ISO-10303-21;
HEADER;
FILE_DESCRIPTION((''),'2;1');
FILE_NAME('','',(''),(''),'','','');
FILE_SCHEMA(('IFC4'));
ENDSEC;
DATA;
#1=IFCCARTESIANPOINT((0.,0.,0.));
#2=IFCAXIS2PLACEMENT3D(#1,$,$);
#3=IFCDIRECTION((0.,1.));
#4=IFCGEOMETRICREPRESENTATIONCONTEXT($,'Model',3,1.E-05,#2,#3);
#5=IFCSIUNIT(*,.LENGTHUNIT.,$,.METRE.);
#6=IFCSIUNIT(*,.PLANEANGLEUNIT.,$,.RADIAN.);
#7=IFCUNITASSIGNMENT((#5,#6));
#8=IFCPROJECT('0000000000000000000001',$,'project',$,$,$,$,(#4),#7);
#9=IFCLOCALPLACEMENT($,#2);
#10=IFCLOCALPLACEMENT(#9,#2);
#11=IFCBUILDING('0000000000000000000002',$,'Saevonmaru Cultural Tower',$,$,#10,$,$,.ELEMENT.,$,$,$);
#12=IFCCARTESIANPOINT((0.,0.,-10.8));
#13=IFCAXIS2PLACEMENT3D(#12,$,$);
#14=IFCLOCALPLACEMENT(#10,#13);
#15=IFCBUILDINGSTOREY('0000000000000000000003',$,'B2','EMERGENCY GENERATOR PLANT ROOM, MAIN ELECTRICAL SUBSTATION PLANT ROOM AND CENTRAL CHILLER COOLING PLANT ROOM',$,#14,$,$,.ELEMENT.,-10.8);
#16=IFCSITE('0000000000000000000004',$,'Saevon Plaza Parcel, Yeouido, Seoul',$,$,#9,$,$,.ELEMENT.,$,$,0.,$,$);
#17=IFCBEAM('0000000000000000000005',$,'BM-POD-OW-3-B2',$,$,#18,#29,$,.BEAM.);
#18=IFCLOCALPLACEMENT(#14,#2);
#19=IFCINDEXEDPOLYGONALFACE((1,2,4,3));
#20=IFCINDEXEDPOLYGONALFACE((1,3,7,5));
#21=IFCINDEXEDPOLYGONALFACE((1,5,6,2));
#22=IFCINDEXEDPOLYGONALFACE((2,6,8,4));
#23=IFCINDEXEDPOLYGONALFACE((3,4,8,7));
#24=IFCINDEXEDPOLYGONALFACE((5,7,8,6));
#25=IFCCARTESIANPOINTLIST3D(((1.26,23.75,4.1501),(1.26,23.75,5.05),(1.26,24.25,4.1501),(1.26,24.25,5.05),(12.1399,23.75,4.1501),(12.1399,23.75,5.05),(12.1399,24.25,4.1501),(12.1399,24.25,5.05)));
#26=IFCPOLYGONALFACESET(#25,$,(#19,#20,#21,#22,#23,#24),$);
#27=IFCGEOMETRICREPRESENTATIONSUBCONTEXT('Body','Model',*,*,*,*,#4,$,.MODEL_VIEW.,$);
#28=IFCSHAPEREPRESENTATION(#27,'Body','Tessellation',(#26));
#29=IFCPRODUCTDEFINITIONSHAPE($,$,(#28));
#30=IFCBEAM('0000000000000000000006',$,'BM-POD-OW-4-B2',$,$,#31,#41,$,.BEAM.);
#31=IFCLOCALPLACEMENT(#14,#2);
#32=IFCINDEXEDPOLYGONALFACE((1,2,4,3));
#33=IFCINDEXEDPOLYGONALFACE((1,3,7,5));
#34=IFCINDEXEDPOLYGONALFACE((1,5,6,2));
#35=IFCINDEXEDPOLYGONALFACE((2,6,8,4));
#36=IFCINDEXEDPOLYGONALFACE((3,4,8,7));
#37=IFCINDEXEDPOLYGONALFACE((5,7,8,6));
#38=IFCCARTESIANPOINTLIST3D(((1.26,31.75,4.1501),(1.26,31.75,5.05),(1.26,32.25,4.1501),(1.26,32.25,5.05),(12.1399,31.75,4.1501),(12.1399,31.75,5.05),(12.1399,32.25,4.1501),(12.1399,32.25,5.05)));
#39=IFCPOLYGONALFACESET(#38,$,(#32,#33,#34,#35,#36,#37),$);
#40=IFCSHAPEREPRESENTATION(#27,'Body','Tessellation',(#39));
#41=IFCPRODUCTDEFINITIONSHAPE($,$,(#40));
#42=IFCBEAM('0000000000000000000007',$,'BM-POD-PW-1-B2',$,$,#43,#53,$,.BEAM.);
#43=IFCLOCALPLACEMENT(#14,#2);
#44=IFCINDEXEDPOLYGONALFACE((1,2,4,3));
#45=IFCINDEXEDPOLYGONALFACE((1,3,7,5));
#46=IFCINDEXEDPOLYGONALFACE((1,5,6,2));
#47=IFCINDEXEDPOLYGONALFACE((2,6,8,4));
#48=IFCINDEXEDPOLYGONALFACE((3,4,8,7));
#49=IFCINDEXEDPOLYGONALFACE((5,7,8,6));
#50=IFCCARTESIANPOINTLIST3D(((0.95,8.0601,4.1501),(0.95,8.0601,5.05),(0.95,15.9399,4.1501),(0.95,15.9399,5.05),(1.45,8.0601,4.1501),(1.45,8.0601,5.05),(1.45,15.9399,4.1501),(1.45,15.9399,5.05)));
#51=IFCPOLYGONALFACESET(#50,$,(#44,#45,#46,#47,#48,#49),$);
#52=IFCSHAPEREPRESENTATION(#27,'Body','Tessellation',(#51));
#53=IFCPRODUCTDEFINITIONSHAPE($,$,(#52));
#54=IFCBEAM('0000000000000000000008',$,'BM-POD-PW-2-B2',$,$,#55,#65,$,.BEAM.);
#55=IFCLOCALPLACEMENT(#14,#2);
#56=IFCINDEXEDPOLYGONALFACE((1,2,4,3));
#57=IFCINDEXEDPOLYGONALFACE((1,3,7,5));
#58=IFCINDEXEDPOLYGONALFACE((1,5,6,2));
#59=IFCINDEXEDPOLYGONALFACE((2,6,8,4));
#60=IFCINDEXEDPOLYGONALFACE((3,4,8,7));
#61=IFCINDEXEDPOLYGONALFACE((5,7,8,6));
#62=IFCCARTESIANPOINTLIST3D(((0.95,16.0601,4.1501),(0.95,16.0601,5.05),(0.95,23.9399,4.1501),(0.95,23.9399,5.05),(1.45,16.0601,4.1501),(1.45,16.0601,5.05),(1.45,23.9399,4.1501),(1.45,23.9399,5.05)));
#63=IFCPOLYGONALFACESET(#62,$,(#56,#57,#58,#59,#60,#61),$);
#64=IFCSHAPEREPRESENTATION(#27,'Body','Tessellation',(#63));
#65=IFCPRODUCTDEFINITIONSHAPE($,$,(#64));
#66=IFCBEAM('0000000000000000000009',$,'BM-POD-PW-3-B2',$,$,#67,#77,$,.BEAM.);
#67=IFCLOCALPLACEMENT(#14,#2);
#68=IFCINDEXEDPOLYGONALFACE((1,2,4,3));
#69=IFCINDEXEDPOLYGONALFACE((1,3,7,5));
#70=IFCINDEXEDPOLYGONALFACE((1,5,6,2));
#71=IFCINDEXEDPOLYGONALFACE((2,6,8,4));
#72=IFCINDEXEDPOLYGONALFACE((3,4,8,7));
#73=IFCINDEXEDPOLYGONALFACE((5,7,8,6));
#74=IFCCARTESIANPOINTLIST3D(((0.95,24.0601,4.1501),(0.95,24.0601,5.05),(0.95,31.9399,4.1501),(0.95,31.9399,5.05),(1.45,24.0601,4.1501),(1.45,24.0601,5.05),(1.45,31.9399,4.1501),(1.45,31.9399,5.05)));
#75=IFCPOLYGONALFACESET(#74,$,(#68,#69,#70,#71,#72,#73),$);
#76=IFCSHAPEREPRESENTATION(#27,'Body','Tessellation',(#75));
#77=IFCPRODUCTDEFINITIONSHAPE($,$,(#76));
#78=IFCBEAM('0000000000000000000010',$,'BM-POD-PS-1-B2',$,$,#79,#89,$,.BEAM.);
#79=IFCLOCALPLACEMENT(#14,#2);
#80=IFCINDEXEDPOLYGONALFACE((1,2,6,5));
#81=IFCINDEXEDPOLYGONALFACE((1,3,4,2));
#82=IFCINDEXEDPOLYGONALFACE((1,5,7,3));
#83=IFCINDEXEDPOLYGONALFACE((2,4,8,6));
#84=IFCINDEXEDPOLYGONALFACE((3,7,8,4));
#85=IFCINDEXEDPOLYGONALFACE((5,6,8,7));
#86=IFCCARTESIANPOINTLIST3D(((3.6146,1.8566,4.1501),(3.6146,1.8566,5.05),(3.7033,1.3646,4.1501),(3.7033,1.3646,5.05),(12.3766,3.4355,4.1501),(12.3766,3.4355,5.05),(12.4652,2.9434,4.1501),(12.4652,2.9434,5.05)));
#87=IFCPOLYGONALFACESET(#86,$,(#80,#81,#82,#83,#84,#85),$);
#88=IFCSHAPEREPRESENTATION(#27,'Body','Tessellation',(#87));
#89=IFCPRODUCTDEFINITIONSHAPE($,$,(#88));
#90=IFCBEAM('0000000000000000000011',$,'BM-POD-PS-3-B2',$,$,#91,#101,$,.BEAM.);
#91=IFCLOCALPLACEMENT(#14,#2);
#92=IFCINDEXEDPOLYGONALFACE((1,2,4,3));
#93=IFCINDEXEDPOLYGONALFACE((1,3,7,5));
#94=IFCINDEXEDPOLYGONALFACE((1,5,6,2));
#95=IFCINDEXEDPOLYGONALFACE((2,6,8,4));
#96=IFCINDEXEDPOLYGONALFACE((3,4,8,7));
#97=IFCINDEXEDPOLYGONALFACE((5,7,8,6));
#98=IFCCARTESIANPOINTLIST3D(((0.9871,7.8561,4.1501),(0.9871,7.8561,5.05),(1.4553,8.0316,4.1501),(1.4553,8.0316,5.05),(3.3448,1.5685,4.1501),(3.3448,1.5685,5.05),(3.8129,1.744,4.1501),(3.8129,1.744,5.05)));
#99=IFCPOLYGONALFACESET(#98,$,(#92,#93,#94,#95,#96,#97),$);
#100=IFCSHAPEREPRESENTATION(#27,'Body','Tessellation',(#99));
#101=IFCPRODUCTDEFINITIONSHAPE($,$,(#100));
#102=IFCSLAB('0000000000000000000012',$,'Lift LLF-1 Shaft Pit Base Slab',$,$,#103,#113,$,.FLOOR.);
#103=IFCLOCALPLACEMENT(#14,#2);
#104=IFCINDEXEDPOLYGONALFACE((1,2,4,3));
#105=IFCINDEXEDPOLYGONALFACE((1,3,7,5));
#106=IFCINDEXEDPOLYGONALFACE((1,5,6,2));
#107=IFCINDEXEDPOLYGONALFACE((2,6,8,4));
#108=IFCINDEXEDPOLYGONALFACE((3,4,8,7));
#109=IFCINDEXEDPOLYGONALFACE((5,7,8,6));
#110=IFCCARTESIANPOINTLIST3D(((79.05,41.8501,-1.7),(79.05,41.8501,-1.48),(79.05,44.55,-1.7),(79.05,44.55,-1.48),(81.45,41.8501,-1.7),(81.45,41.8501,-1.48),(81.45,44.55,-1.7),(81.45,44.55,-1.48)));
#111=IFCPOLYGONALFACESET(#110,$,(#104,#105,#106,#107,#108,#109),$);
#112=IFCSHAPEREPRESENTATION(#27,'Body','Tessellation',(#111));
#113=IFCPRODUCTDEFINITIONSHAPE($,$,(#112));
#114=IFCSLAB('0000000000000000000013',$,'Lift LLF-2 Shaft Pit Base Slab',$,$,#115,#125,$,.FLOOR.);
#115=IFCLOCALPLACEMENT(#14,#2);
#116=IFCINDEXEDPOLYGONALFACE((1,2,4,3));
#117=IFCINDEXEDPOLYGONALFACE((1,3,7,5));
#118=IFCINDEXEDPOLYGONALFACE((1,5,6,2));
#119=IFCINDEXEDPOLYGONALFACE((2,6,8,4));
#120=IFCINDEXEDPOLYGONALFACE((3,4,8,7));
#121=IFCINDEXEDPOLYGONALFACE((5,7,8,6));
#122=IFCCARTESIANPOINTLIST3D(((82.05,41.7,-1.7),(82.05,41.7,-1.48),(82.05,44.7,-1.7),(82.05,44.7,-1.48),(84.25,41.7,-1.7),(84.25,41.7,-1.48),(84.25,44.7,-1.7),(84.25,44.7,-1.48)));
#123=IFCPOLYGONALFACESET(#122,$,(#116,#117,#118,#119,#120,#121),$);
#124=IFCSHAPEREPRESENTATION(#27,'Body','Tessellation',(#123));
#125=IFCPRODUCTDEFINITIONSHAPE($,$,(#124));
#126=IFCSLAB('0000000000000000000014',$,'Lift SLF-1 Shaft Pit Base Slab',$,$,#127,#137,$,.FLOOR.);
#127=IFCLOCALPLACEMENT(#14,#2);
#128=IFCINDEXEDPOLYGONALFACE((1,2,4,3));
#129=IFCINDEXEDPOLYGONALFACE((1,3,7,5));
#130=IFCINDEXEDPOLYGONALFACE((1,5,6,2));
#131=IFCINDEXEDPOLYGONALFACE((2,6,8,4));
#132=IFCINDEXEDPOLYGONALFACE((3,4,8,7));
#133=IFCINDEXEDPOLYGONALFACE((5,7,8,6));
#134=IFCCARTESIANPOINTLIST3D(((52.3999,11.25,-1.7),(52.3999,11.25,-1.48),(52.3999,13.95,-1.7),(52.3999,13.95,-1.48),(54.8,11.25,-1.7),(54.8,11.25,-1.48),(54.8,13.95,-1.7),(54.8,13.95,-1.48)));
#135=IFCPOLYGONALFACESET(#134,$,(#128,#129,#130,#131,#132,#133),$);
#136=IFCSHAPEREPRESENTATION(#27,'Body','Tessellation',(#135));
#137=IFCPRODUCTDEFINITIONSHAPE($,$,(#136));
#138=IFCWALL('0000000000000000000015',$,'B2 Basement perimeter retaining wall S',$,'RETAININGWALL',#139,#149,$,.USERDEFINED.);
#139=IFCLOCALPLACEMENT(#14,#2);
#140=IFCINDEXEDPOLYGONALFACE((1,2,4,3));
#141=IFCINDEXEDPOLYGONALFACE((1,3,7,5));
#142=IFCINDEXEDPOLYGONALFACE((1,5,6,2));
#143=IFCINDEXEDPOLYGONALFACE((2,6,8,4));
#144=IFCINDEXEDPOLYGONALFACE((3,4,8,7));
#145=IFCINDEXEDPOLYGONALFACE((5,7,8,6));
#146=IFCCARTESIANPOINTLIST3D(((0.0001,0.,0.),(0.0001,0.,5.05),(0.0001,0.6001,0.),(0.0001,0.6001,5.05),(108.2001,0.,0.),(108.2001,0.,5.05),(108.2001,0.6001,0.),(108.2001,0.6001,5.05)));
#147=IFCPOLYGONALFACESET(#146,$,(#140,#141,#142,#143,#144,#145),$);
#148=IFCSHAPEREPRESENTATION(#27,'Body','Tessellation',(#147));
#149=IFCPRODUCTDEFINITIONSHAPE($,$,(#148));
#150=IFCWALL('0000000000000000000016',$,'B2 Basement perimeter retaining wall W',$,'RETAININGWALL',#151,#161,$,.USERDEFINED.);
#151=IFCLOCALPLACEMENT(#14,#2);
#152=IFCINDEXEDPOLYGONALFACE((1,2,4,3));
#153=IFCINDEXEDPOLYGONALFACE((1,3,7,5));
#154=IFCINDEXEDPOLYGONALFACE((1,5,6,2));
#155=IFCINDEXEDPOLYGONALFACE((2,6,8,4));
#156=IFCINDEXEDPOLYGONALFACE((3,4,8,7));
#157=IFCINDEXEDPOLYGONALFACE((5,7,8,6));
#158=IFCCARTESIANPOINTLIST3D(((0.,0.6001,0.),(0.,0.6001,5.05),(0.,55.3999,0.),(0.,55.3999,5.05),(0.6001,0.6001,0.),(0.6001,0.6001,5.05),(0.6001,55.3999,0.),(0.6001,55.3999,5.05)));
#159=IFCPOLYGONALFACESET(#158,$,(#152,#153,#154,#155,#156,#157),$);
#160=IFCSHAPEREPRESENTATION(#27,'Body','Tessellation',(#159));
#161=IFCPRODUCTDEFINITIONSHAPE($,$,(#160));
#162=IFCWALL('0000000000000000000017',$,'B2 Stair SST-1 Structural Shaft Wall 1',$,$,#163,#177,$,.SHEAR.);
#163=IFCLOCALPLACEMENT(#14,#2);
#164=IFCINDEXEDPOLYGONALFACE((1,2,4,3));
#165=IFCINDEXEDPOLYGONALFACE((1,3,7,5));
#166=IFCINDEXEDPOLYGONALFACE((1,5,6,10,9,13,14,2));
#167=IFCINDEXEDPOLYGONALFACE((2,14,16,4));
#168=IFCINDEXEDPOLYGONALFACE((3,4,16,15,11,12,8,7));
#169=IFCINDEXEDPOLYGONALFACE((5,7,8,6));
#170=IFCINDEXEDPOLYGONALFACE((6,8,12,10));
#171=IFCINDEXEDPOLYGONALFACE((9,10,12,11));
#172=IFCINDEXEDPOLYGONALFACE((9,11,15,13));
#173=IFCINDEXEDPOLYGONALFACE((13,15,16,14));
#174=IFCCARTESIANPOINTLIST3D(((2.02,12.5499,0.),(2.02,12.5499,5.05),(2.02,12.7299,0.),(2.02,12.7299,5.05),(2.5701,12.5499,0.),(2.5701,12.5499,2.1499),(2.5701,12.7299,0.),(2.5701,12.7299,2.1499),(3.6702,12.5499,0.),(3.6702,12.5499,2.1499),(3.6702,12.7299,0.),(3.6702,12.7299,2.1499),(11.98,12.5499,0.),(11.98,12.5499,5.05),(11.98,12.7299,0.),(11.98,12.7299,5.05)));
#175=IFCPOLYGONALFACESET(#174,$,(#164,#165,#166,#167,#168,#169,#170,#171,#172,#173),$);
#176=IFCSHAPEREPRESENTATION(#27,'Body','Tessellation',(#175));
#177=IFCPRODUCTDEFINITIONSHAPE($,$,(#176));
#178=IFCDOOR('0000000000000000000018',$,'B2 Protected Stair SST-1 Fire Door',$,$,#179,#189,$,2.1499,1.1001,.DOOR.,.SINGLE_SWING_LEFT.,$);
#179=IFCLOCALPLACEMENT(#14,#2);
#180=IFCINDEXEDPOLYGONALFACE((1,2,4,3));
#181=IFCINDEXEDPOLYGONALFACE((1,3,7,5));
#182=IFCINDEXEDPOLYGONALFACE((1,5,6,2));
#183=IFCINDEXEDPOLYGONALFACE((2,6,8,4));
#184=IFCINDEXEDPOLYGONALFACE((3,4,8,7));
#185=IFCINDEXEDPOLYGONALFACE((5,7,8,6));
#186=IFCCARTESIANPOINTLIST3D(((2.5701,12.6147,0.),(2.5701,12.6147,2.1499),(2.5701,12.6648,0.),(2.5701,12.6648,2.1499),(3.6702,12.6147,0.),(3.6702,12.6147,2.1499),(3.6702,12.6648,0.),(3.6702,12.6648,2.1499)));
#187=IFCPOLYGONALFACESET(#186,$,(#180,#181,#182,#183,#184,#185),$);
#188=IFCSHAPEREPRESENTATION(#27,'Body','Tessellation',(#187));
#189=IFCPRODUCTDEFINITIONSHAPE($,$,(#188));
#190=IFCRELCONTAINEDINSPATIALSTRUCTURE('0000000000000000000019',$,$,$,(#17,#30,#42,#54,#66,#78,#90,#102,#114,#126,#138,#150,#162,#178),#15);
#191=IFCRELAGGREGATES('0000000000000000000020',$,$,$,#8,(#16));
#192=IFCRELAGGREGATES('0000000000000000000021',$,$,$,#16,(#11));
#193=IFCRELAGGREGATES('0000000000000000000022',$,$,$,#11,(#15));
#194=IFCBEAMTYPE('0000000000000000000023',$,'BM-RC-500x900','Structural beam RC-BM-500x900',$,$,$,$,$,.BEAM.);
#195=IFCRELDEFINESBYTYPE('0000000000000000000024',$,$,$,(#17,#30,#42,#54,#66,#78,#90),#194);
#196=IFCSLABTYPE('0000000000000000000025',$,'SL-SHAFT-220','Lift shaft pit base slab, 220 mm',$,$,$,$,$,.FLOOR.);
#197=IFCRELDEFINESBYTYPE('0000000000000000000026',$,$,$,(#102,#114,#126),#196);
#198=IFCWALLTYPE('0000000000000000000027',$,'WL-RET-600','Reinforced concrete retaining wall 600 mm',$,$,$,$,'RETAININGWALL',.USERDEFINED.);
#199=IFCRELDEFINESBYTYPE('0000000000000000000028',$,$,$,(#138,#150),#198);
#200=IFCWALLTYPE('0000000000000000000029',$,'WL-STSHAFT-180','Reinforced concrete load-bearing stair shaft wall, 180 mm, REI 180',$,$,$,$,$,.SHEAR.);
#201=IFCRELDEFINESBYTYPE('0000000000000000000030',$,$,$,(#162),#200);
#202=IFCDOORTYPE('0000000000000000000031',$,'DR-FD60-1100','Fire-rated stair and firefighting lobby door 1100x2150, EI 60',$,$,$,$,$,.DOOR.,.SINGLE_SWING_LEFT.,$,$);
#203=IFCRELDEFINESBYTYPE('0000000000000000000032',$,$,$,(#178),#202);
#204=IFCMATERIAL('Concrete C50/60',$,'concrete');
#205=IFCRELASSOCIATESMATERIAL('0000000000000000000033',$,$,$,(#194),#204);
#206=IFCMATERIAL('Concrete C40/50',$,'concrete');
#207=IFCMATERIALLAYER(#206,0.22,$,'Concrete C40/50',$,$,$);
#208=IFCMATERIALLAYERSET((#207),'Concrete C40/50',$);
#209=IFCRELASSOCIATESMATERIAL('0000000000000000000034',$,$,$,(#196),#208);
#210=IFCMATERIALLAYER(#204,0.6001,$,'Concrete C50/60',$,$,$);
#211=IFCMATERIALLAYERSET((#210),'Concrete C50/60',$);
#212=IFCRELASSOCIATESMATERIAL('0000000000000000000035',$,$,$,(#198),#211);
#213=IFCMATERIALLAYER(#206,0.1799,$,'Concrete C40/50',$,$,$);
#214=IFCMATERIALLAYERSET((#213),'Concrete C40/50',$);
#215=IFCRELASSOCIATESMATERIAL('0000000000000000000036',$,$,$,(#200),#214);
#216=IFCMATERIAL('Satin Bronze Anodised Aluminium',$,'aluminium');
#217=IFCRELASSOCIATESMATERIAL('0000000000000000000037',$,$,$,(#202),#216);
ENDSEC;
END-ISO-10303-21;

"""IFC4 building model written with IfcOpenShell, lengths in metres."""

from ifc_helpers import new_model, si_unit, direction, frame, frame_2d, origin, origin_2d, place, context, subcontext, project, spatial, polyline, rectangle, outline, extrude, material, layer, layer_set, material_profile, profile_set, type_object, element, fill, save


model = new_model("IFC4")

# Units and contexts
model_context = context("Model", 3, precision=1e-05, world=origin(), true_north=direction((0.0, 1.0)))
body_context = subcontext(model_context, "Body", "Model", "MODEL_VIEW")
ifc_project = project(units=[si_unit("LENGTHUNIT", "METRE"), si_unit("PLANEANGLEUNIT", "RADIAN")], contexts=[model_context])

# Site, building, storey
site_placement = place(None, origin())
site = spatial("IfcSite", under=ifc_project, at=site_placement, Name="Saevon Plaza Parcel, Yeouido, Seoul", CompositionType="ELEMENT", RefElevation=0.0)
building_placement = place(site_placement, origin())
building = spatial("IfcBuilding", under=site, at=building_placement, Name="Saevonmaru Cultural Tower", CompositionType="ELEMENT")
storey_placement = place(building_placement, frame((0.0, 0.0, -10.8)))
storey = spatial("IfcBuildingStorey", under=building, at=storey_placement, Name="B2", Description="EMERGENCY GENERATOR PLANT ROOM, MAIN ELECTRICAL SUBSTATION PLANT ROOM AND CENTRAL CHILLER COOLING PLANT ROOM", CompositionType="ELEMENT", Elevation=-10.8)

# Shared definitions
ifc_material_1 = material(Name="Concrete C50/60", Category="concrete")

# Beams
ifc_material_profile_1 = material_profile(ifc_material_1, rectangle(XDim=0.5, YDim=0.8999, at=origin_2d()), Name="RC-BM-500x900")
ifc_profile_set_1 = profile_set([ifc_material_profile_1], Name="Concrete C50/60")
beam_type = type_object("IfcBeamType", Name="BM-RC-500x900", Description="Structural beam RC-BM-500x900", PredefinedType="BEAM", material=ifc_profile_set_1)
for number, where, z_axis, x_axis, name in (
    (1, (1.26, 24.0, 4.6001), (1.0, 0.0, 0.0), (0.0, 1.0, 0.0), "BM-POD-OW-3-B2"),
    (2, (1.26, 32.0, 4.6001), (1.0, 0.0, 0.0), (0.0, 1.0, 0.0), "BM-POD-OW-4-B2"),
):
    element("IfcBeam", number, at=place(storey_placement, frame(where, z_axis=z_axis, x_axis=x_axis)), inside=storey, type_object=beam_type, Name=name, PredefinedType="BEAM", context=body_context, shape_type="SweptSolid", body=[
        extrude(rectangle(XDim=0.5, YDim=0.8999, at=origin_2d()), origin(), (0.0, 0.0, 1.0), 10.8799),
    ])
for number, where, z_axis, x_axis, name in (
    (3, (1.2, 8.0601, 4.6001), (0.0, 1.0, 0.0), (-1.0, 0.0, 0.0), "BM-POD-PW-1-B2"),
    (4, (1.2, 16.0601, 4.6001), (0.0, 1.0, 0.0), (-1.0, 0.0, 0.0), "BM-POD-PW-2-B2"),
    (5, (1.2, 24.0601, 4.6001), (0.0, 1.0, 0.0), (-1.0, 0.0, 0.0), "BM-POD-PW-3-B2"),
):
    element("IfcBeam", number, at=place(storey_placement, frame(where, z_axis=z_axis, x_axis=x_axis)), inside=storey, type_object=beam_type, Name=name, PredefinedType="BEAM", context=body_context, shape_type="SweptSolid", body=[
        extrude(rectangle(XDim=0.5, YDim=0.8999, at=origin_2d()), origin(), (0.0, 0.0, 1.0), 7.8799),
    ])
beam_1_placement = place(storey_placement, frame((3.6589, 1.6106, 4.6001), z_axis=(0.98415, 0.177338, 0.0), x_axis=(-0.177338, 0.98415, 0.0)))
element("IfcBeam", 6, at=beam_1_placement, inside=storey, type_object=beam_type, Name="BM-POD-PS-1-B2", PredefinedType="BEAM", context=body_context, shape_type="SweptSolid", body=[
    extrude(rectangle(XDim=0.5, YDim=0.8999, at=origin_2d()), origin(), (0.0, 0.0, 1.0), 8.9031),
])
beam_2_placement = place(storey_placement, frame((3.5789, 1.6562, 4.6001), z_axis=(-0.3511, 0.936338, 0.0), x_axis=(-0.936338, -0.3511, 0.0)))
element("IfcBeam", 7, at=beam_2_placement, inside=storey, type_object=beam_type, Name="BM-POD-PS-3-B2", PredefinedType="BEAM", context=body_context, shape_type="SweptSolid", body=[
    extrude(rectangle(XDim=0.5, YDim=0.8999, at=origin_2d()), origin(), (0.0, 0.0, 1.0), 6.7151),
])

# Slabs
ifc_material_2 = material(Name="Concrete C40/50", Category="concrete")
ifc_layer_1 = layer(ifc_material_2, 0.22, Name="Concrete C40/50")
ifc_layer_set_1 = layer_set([ifc_layer_1], Name="Concrete C40/50")
slab_type = type_object("IfcSlabType", Name="SL-SHAFT-220", Description="Lift shaft pit base slab, 220 mm", PredefinedType="FLOOR", material=ifc_layer_set_1)
slab_1_placement = place(storey_placement, frame((0.0, 0.0, -1.7)))
element("IfcSlab", 8, at=slab_1_placement, inside=storey, type_object=slab_type, Name="Lift LLF-1 Shaft Pit Base Slab", PredefinedType="FLOOR", context=body_context, shape_type="SweptSolid", body=[
    extrude(outline(polyline([(79.05, 41.8501), (81.45, 41.8501), (81.45, 44.55), (79.05, 44.55), (79.05, 41.8501)])), origin(), (0.0, 0.0, 1.0), 0.22),
])
slab_2_placement = place(storey_placement, frame((0.0, 0.0, -1.7)))
element("IfcSlab", 9, at=slab_2_placement, inside=storey, type_object=slab_type, Name="Lift LLF-2 Shaft Pit Base Slab", PredefinedType="FLOOR", context=body_context, shape_type="SweptSolid", body=[
    extrude(outline(polyline([(82.05, 41.7), (84.25, 41.7), (84.25, 44.7), (82.05, 44.7), (82.05, 41.7)])), origin(), (0.0, 0.0, 1.0), 0.22),
])
slab_3_placement = place(storey_placement, frame((0.0, 0.0, -1.7)))
element("IfcSlab", 10, at=slab_3_placement, inside=storey, type_object=slab_type, Name="Lift SLF-1 Shaft Pit Base Slab", PredefinedType="FLOOR", context=body_context, shape_type="SweptSolid", body=[
    extrude(outline(polyline([(52.3999, 11.25), (54.8, 11.25), (54.8, 13.95), (52.3999, 13.95), (52.3999, 11.25)])), origin(), (0.0, 0.0, 1.0), 0.22),
])

# Walls
ifc_layer_2 = layer(ifc_material_1, 0.6001, Name="Concrete C50/60")
ifc_layer_set_2 = layer_set([ifc_layer_2], Name="Concrete C50/60")
wall_type_1 = type_object("IfcWallType", Name="WL-RET-600", Description="Reinforced concrete retaining wall 600 mm", ElementType="RETAININGWALL", PredefinedType="USERDEFINED", material=ifc_layer_set_2)
wall_1_placement = place(storey_placement, frame((0.0, 0.3, 0.0), z_axis=(0.0, 0.0, 1.0), x_axis=(1.0, 0.0, 0.0)))
element("IfcWall", 11, at=wall_1_placement, inside=storey, type_object=wall_type_1, Name="B2 Basement perimeter retaining wall S", ObjectType="RETAININGWALL", PredefinedType="USERDEFINED", context=body_context, shape_type="SweptSolid", body=[
    extrude(rectangle(XDim=108.2, YDim=0.6001, at=frame_2d((54.1001, 0.0))), origin(), (0.0, 0.0, 1.0), 5.05),
])
wall_2_placement = place(storey_placement, frame((0.3, 0.6001, 0.0), z_axis=(0.0, 0.0, 1.0), x_axis=(0.0, 1.0, 0.0)))
element("IfcWall", 12, at=wall_2_placement, inside=storey, type_object=wall_type_1, Name="B2 Basement perimeter retaining wall W", ObjectType="RETAININGWALL", PredefinedType="USERDEFINED", context=body_context, shape_type="SweptSolid", body=[
    extrude(rectangle(XDim=54.7998, YDim=0.6001, at=frame_2d((27.3999, 0.0))), origin(), (0.0, 0.0, 1.0), 5.05),
])

# Wall, opening, door
ifc_layer_3 = layer(ifc_material_2, 0.1799, Name="Concrete C40/50")
ifc_layer_set_3 = layer_set([ifc_layer_3], Name="Concrete C40/50")
wall_type_2 = type_object("IfcWallType", Name="WL-STSHAFT-180", Description="Reinforced concrete load-bearing stair shaft wall, 180 mm, REI 180", PredefinedType="SHEAR", material=ifc_layer_set_3)
wall_3_placement = place(storey_placement, frame((2.02, 12.6399, 0.0), z_axis=(0.0, 0.0, 1.0), x_axis=(1.0, 0.0, 0.0)))
wall_3 = element("IfcWall", 13, at=wall_3_placement, inside=storey, type_object=wall_type_2, Name="B2 Stair SST-1 Structural Shaft Wall 1", PredefinedType="SHEAR", context=body_context, shape_type="SweptSolid", body=[
    extrude(rectangle(XDim=9.96, YDim=0.1799, at=frame_2d((4.98, 0.0))), origin(), (0.0, 0.0, 1.0), 5.05),
])
opening_placement = place(wall_3_placement, frame((0.55, 0.0, 0.0)))
opening = element("IfcOpeningElement", 14, at=opening_placement, cuts=wall_3, PredefinedType="OPENING", context=body_context, shape_type="SweptSolid", body=[
    extrude(rectangle(XDim=1.1001, YDim=2.1499, at=frame_2d((0.55, 1.075))), frame((0.0, 0.1001, 0.0), z_axis=(0.0, -1.0, 0.0), x_axis=(1.0, 0.0, 0.0)), (0.0, 0.0, 1.0), 0.2),
])
ifc_material_3 = material(Name="Satin Bronze Anodised Aluminium", Category="aluminium")
door_type = type_object("IfcDoorType", Name="DR-FD60-1100", Description="Fire-rated stair and firefighting lobby door 1100x2150, EI 60", OperationType="SINGLE_SWING_LEFT", PredefinedType="DOOR", material=ifc_material_3)
door_placement = place(opening_placement, origin())
door = element("IfcDoor", 15, at=door_placement, inside=storey, type_object=door_type, Name="B2 Protected Stair SST-1 Fire Door", OperationType="SINGLE_SWING_LEFT", OverallHeight=2.1499, OverallWidth=1.1001, PredefinedType="DOOR", context=body_context, shape_type="SweptSolid", body=[
    extrude(rectangle(XDim=1.1001, YDim=2.1499, at=frame_2d((0.55, 1.075))), frame((0.0, 0.0249, 0.0), z_axis=(0.0, -1.0, 0.0), x_axis=(1.0, 0.0, 0.0)), (0.0, 0.0, 1.0), 0.05),
])
fill(opening, door)

save(model, "model.ifc")
